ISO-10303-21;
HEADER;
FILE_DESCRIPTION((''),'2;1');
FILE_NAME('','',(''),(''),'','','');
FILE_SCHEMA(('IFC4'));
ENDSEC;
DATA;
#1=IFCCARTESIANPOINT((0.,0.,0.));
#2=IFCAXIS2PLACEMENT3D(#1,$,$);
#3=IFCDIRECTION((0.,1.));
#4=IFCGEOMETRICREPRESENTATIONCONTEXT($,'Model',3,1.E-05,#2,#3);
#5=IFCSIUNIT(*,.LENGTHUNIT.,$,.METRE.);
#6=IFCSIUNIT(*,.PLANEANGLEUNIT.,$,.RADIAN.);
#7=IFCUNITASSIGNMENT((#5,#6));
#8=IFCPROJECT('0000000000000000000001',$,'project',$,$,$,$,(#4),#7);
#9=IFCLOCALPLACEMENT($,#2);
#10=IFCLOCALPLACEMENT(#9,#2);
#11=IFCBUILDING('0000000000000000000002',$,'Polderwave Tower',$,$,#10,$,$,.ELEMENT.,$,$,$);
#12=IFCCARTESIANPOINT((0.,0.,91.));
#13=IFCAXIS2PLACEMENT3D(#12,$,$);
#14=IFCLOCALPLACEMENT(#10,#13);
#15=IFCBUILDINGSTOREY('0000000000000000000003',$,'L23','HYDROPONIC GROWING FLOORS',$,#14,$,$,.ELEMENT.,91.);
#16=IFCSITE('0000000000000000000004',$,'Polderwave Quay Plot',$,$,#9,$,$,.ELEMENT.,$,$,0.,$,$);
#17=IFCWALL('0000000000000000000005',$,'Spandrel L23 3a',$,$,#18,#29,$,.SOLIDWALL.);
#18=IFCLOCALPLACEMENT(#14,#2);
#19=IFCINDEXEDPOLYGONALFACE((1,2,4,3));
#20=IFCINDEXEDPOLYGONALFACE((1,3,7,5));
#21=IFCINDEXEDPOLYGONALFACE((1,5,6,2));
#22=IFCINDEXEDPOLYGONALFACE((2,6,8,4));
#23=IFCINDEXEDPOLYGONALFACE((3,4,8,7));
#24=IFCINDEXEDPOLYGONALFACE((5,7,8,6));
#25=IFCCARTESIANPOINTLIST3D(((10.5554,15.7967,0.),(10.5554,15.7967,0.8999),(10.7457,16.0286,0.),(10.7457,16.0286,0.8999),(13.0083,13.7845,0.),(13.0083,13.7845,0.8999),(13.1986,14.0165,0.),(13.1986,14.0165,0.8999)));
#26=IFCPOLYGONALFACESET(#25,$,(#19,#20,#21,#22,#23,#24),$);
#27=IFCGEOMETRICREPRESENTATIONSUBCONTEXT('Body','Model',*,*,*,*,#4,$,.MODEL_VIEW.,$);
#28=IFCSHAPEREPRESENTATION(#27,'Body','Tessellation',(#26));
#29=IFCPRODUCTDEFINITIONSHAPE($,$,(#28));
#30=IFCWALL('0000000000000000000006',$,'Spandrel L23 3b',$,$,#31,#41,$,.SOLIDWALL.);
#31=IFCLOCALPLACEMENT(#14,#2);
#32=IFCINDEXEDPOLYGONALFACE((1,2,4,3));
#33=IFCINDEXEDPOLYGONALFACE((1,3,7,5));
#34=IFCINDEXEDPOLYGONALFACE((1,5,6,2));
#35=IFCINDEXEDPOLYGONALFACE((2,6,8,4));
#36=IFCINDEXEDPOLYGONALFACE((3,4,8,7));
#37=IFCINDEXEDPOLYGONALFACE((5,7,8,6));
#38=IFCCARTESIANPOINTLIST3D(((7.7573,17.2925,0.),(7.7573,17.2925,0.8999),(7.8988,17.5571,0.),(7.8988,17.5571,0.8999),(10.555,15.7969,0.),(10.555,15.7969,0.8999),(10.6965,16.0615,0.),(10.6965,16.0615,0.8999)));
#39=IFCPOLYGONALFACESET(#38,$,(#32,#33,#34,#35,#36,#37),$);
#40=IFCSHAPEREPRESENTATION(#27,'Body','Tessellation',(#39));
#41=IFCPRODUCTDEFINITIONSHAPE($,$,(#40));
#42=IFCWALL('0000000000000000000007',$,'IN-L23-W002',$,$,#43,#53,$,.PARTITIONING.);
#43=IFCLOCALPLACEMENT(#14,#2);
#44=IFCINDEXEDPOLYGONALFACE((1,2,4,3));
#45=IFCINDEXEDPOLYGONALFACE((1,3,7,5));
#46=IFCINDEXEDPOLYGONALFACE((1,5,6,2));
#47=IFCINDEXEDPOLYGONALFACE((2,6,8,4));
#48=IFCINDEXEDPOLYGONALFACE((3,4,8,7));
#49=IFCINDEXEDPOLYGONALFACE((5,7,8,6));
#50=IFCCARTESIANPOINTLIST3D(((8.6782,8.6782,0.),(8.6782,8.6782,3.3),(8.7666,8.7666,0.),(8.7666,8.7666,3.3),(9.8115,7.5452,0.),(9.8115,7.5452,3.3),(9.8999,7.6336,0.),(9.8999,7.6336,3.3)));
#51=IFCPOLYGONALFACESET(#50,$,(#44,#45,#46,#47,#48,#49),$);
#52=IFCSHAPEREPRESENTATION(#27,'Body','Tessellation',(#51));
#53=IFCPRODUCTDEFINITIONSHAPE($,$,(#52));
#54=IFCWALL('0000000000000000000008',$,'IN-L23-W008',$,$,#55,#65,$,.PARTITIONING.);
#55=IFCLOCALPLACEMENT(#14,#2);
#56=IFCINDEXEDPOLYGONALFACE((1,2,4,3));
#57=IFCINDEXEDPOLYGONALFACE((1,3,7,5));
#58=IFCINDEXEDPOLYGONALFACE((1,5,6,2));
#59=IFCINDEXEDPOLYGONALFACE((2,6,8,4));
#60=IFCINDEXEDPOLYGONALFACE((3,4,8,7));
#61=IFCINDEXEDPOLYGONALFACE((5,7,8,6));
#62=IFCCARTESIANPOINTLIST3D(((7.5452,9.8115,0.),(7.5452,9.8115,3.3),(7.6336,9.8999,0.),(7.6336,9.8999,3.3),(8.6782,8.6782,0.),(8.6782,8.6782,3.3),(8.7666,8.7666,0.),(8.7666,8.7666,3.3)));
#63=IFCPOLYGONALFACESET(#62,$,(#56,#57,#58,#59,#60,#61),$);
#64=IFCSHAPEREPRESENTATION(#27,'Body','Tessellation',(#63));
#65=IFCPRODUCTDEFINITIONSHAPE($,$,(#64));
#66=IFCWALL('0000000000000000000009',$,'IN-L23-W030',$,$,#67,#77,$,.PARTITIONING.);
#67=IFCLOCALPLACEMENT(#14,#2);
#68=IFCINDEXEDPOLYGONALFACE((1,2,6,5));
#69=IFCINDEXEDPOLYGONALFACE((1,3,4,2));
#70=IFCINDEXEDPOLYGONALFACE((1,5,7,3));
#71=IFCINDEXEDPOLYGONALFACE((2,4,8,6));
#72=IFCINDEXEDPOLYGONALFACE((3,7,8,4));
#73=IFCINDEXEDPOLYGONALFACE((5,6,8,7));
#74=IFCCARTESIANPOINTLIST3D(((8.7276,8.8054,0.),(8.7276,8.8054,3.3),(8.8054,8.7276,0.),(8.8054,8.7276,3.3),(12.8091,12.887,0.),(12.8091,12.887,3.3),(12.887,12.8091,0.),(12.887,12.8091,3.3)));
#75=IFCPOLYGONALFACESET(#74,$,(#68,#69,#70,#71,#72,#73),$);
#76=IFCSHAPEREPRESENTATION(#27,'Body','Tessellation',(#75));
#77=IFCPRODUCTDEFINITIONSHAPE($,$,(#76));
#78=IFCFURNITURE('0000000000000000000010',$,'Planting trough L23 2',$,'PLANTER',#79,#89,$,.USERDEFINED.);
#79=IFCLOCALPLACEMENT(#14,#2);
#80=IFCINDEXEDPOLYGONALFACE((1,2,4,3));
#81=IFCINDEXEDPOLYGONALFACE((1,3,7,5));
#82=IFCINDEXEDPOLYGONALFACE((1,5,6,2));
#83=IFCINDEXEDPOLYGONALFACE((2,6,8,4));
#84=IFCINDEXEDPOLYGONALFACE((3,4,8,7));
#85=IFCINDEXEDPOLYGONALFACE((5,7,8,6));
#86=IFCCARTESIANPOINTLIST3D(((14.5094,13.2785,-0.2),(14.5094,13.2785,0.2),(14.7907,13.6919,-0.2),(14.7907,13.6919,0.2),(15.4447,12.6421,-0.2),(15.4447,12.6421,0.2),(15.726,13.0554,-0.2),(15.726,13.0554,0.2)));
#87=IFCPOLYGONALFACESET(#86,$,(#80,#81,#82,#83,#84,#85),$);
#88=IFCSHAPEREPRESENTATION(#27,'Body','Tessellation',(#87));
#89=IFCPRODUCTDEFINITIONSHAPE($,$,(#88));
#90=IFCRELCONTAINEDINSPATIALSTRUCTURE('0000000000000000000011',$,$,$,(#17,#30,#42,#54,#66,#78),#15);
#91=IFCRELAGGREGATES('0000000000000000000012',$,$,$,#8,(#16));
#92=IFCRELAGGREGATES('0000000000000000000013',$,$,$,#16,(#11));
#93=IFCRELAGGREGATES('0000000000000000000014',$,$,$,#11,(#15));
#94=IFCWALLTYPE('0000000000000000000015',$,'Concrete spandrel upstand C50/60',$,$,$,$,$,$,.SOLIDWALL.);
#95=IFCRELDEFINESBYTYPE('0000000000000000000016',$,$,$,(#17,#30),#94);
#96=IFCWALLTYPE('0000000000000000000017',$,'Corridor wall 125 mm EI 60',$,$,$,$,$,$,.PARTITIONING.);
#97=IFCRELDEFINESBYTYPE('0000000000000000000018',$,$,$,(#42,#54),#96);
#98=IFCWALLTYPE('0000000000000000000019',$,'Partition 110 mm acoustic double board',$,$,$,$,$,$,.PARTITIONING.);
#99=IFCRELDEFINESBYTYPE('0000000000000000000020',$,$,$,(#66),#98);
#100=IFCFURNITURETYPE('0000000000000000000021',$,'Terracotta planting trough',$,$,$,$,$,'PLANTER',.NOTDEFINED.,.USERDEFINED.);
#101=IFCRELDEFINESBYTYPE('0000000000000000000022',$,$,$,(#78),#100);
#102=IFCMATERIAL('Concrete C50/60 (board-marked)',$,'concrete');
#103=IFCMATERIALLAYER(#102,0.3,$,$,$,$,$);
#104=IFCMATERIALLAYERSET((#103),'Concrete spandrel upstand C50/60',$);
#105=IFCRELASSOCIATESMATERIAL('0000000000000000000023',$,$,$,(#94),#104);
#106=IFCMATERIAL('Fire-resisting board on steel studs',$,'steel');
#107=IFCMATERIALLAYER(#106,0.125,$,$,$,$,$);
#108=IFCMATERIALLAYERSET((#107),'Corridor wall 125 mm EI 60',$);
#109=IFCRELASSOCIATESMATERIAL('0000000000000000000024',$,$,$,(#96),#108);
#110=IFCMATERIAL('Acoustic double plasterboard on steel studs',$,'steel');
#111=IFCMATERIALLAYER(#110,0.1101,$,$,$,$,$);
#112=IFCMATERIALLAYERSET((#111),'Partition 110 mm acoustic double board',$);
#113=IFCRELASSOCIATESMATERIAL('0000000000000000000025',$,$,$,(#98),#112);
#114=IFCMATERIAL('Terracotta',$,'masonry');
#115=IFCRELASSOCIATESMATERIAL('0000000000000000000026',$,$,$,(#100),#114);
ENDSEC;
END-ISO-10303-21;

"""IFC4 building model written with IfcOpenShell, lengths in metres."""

from ifc_helpers import new_model, si_unit, direction, frame, frame_2d, origin, origin_2d, place, context, subcontext, project, spatial, rectangle, extrude, material, layer, layer_set, type_object, element, save


model = new_model("IFC4")

# Units and contexts
model_context = context("Model", 3, precision=1e-05, world=origin(), true_north=direction((0.0, 1.0)))
body_context = subcontext(model_context, "Body", "Model", "MODEL_VIEW")
ifc_project = project(units=[si_unit("LENGTHUNIT", "METRE"), si_unit("PLANEANGLEUNIT", "RADIAN")], contexts=[model_context])

# Site, building, storey
site_placement = place(None, origin())
site = spatial("IfcSite", under=ifc_project, at=site_placement, Name="Polderwave Quay Plot", CompositionType="ELEMENT", RefElevation=0.0)
building_placement = place(site_placement, origin())
building = spatial("IfcBuilding", under=site, at=building_placement, Name="Polderwave Tower", CompositionType="ELEMENT")
storey_placement = place(building_placement, frame((0.0, 0.0, 91.0)))
storey = spatial("IfcBuildingStorey", under=building, at=storey_placement, Name="L23", Description="HYDROPONIC GROWING FLOORS", CompositionType="ELEMENT", Elevation=91.0)

# Walls
ifc_material_1 = material(Name="Concrete C50/60 (board-marked)", Category="concrete")
ifc_layer_1 = layer(ifc_material_1, 0.3)
ifc_layer_set_1 = layer_set([ifc_layer_1], Name="Concrete spandrel upstand C50/60")
wall_type_1 = type_object("IfcWallType", Name="Concrete spandrel upstand C50/60", PredefinedType="SOLIDWALL", material=ifc_layer_set_1)
for number, where, z_axis, x_axis, name in (
    (1, (13.1035, 13.9004, 0.0), (0.0, 0.0, 1.0), (-0.773137, 0.634239, 0.0), "Spandrel L23 3a"),
):
    element("IfcWall", number, at=place(storey_placement, frame(where, z_axis=z_axis, x_axis=x_axis)), inside=storey, type_object=wall_type_1, Name=name, PredefinedType="SOLIDWALL", context=body_context, shape_type="SweptSolid", body=[
        extrude(rectangle(XDim=3.1726, YDim=0.3, at=frame_2d((1.5864, 0.0))), origin(), (0.0, 0.0, 1.0), 0.8999),
    ])
wall_1_placement = place(storey_placement, frame((10.6257, 15.9292, 0.0), z_axis=(0.0, 0.0, 1.0), x_axis=(-0.881888, 0.471459, 0.0)))
element("IfcWall", 2, at=wall_1_placement, inside=storey, type_object=wall_type_1, Name="Spandrel L23 3b", PredefinedType="SOLIDWALL", context=body_context, shape_type="SweptSolid", body=[
    extrude(rectangle(XDim=3.1724, YDim=0.3, at=frame_2d((1.5862, 0.0))), origin(), (0.0, 0.0, 1.0), 0.8999),
])
ifc_material_2 = material(Name="Fire-resisting board on steel studs", Category="steel")
ifc_layer_2 = layer(ifc_material_2, 0.125)
ifc_layer_set_2 = layer_set([ifc_layer_2], Name="Corridor wall 125 mm EI 60")
wall_type_2 = type_object("IfcWallType", Name="Corridor wall 125 mm EI 60", PredefinedType="PARTITIONING", material=ifc_layer_set_2)
for number, where, z_axis, x_axis, name in (
    (3, (8.7224, 8.7224, 0.0), (0.0, 0.0, 1.0), (0.707183, -0.707031, 0.0), "IN-L23-W002"),
    (4, (7.5894, 9.8557, 0.0), (0.0, 0.0, 1.0), (0.707031, -0.707183, 0.0), "IN-L23-W008"),
):
    element("IfcWall", number, at=place(storey_placement, frame(where, z_axis=z_axis, x_axis=x_axis)), inside=storey, type_object=wall_type_2, Name=name, PredefinedType="PARTITIONING", context=body_context, shape_type="SweptSolid", body=[
        extrude(rectangle(XDim=1.6025, YDim=0.125, at=frame_2d((0.8013, 0.0))), origin(), (0.0, 0.0, 1.0), 3.3),
    ])
ifc_material_3 = material(Name="Acoustic double plasterboard on steel studs", Category="steel")
ifc_layer_3 = layer(ifc_material_3, 0.1101)
ifc_layer_set_3 = layer_set([ifc_layer_3], Name="Partition 110 mm acoustic double board")
wall_type_3 = type_object("IfcWallType", Name="Partition 110 mm acoustic double board", PredefinedType="PARTITIONING", material=ifc_layer_set_3)
wall_2_placement = place(storey_placement, frame((12.8481, 12.8481, 0.0), z_axis=(0.0, 0.0, 1.0), x_axis=(-0.707107, -0.707107, 0.0)))
element("IfcWall", 5, at=wall_2_placement, inside=storey, type_object=wall_type_3, Name="IN-L23-W030", PredefinedType="PARTITIONING", context=body_context, shape_type="SweptSolid", body=[
    extrude(rectangle(XDim=5.7722, YDim=0.1101, at=frame_2d((2.8862, 0.0))), origin(), (0.0, 0.0, 1.0), 3.3),
])

# Furniture
ifc_material_4 = material(Name="Terracotta", Category="masonry")
furniture_type = type_object("IfcFurnitureType", Name="Terracotta planting trough", ElementType="PLANTER", AssemblyPlace="NOTDEFINED", PredefinedType="USERDEFINED", material=ifc_material_4)
furniture_placement = place(storey_placement, frame((15.1177, 13.167, -0.2), z_axis=(0.0, 0.0, 1.0), x_axis=(-0.826739, 0.562586, 0.0)))
element("IfcFurniture", 6, at=furniture_placement, inside=storey, type_object=furniture_type, Name="Planting trough L23 2", ObjectType="PLANTER", PredefinedType="USERDEFINED", context=body_context, shape_type="SweptSolid", body=[
    extrude(rectangle(XDim=1.1313, YDim=0.5, at=origin_2d()), origin(), (0.0, 0.0, 1.0), 0.3999),
])

save(model, "model.ifc")
